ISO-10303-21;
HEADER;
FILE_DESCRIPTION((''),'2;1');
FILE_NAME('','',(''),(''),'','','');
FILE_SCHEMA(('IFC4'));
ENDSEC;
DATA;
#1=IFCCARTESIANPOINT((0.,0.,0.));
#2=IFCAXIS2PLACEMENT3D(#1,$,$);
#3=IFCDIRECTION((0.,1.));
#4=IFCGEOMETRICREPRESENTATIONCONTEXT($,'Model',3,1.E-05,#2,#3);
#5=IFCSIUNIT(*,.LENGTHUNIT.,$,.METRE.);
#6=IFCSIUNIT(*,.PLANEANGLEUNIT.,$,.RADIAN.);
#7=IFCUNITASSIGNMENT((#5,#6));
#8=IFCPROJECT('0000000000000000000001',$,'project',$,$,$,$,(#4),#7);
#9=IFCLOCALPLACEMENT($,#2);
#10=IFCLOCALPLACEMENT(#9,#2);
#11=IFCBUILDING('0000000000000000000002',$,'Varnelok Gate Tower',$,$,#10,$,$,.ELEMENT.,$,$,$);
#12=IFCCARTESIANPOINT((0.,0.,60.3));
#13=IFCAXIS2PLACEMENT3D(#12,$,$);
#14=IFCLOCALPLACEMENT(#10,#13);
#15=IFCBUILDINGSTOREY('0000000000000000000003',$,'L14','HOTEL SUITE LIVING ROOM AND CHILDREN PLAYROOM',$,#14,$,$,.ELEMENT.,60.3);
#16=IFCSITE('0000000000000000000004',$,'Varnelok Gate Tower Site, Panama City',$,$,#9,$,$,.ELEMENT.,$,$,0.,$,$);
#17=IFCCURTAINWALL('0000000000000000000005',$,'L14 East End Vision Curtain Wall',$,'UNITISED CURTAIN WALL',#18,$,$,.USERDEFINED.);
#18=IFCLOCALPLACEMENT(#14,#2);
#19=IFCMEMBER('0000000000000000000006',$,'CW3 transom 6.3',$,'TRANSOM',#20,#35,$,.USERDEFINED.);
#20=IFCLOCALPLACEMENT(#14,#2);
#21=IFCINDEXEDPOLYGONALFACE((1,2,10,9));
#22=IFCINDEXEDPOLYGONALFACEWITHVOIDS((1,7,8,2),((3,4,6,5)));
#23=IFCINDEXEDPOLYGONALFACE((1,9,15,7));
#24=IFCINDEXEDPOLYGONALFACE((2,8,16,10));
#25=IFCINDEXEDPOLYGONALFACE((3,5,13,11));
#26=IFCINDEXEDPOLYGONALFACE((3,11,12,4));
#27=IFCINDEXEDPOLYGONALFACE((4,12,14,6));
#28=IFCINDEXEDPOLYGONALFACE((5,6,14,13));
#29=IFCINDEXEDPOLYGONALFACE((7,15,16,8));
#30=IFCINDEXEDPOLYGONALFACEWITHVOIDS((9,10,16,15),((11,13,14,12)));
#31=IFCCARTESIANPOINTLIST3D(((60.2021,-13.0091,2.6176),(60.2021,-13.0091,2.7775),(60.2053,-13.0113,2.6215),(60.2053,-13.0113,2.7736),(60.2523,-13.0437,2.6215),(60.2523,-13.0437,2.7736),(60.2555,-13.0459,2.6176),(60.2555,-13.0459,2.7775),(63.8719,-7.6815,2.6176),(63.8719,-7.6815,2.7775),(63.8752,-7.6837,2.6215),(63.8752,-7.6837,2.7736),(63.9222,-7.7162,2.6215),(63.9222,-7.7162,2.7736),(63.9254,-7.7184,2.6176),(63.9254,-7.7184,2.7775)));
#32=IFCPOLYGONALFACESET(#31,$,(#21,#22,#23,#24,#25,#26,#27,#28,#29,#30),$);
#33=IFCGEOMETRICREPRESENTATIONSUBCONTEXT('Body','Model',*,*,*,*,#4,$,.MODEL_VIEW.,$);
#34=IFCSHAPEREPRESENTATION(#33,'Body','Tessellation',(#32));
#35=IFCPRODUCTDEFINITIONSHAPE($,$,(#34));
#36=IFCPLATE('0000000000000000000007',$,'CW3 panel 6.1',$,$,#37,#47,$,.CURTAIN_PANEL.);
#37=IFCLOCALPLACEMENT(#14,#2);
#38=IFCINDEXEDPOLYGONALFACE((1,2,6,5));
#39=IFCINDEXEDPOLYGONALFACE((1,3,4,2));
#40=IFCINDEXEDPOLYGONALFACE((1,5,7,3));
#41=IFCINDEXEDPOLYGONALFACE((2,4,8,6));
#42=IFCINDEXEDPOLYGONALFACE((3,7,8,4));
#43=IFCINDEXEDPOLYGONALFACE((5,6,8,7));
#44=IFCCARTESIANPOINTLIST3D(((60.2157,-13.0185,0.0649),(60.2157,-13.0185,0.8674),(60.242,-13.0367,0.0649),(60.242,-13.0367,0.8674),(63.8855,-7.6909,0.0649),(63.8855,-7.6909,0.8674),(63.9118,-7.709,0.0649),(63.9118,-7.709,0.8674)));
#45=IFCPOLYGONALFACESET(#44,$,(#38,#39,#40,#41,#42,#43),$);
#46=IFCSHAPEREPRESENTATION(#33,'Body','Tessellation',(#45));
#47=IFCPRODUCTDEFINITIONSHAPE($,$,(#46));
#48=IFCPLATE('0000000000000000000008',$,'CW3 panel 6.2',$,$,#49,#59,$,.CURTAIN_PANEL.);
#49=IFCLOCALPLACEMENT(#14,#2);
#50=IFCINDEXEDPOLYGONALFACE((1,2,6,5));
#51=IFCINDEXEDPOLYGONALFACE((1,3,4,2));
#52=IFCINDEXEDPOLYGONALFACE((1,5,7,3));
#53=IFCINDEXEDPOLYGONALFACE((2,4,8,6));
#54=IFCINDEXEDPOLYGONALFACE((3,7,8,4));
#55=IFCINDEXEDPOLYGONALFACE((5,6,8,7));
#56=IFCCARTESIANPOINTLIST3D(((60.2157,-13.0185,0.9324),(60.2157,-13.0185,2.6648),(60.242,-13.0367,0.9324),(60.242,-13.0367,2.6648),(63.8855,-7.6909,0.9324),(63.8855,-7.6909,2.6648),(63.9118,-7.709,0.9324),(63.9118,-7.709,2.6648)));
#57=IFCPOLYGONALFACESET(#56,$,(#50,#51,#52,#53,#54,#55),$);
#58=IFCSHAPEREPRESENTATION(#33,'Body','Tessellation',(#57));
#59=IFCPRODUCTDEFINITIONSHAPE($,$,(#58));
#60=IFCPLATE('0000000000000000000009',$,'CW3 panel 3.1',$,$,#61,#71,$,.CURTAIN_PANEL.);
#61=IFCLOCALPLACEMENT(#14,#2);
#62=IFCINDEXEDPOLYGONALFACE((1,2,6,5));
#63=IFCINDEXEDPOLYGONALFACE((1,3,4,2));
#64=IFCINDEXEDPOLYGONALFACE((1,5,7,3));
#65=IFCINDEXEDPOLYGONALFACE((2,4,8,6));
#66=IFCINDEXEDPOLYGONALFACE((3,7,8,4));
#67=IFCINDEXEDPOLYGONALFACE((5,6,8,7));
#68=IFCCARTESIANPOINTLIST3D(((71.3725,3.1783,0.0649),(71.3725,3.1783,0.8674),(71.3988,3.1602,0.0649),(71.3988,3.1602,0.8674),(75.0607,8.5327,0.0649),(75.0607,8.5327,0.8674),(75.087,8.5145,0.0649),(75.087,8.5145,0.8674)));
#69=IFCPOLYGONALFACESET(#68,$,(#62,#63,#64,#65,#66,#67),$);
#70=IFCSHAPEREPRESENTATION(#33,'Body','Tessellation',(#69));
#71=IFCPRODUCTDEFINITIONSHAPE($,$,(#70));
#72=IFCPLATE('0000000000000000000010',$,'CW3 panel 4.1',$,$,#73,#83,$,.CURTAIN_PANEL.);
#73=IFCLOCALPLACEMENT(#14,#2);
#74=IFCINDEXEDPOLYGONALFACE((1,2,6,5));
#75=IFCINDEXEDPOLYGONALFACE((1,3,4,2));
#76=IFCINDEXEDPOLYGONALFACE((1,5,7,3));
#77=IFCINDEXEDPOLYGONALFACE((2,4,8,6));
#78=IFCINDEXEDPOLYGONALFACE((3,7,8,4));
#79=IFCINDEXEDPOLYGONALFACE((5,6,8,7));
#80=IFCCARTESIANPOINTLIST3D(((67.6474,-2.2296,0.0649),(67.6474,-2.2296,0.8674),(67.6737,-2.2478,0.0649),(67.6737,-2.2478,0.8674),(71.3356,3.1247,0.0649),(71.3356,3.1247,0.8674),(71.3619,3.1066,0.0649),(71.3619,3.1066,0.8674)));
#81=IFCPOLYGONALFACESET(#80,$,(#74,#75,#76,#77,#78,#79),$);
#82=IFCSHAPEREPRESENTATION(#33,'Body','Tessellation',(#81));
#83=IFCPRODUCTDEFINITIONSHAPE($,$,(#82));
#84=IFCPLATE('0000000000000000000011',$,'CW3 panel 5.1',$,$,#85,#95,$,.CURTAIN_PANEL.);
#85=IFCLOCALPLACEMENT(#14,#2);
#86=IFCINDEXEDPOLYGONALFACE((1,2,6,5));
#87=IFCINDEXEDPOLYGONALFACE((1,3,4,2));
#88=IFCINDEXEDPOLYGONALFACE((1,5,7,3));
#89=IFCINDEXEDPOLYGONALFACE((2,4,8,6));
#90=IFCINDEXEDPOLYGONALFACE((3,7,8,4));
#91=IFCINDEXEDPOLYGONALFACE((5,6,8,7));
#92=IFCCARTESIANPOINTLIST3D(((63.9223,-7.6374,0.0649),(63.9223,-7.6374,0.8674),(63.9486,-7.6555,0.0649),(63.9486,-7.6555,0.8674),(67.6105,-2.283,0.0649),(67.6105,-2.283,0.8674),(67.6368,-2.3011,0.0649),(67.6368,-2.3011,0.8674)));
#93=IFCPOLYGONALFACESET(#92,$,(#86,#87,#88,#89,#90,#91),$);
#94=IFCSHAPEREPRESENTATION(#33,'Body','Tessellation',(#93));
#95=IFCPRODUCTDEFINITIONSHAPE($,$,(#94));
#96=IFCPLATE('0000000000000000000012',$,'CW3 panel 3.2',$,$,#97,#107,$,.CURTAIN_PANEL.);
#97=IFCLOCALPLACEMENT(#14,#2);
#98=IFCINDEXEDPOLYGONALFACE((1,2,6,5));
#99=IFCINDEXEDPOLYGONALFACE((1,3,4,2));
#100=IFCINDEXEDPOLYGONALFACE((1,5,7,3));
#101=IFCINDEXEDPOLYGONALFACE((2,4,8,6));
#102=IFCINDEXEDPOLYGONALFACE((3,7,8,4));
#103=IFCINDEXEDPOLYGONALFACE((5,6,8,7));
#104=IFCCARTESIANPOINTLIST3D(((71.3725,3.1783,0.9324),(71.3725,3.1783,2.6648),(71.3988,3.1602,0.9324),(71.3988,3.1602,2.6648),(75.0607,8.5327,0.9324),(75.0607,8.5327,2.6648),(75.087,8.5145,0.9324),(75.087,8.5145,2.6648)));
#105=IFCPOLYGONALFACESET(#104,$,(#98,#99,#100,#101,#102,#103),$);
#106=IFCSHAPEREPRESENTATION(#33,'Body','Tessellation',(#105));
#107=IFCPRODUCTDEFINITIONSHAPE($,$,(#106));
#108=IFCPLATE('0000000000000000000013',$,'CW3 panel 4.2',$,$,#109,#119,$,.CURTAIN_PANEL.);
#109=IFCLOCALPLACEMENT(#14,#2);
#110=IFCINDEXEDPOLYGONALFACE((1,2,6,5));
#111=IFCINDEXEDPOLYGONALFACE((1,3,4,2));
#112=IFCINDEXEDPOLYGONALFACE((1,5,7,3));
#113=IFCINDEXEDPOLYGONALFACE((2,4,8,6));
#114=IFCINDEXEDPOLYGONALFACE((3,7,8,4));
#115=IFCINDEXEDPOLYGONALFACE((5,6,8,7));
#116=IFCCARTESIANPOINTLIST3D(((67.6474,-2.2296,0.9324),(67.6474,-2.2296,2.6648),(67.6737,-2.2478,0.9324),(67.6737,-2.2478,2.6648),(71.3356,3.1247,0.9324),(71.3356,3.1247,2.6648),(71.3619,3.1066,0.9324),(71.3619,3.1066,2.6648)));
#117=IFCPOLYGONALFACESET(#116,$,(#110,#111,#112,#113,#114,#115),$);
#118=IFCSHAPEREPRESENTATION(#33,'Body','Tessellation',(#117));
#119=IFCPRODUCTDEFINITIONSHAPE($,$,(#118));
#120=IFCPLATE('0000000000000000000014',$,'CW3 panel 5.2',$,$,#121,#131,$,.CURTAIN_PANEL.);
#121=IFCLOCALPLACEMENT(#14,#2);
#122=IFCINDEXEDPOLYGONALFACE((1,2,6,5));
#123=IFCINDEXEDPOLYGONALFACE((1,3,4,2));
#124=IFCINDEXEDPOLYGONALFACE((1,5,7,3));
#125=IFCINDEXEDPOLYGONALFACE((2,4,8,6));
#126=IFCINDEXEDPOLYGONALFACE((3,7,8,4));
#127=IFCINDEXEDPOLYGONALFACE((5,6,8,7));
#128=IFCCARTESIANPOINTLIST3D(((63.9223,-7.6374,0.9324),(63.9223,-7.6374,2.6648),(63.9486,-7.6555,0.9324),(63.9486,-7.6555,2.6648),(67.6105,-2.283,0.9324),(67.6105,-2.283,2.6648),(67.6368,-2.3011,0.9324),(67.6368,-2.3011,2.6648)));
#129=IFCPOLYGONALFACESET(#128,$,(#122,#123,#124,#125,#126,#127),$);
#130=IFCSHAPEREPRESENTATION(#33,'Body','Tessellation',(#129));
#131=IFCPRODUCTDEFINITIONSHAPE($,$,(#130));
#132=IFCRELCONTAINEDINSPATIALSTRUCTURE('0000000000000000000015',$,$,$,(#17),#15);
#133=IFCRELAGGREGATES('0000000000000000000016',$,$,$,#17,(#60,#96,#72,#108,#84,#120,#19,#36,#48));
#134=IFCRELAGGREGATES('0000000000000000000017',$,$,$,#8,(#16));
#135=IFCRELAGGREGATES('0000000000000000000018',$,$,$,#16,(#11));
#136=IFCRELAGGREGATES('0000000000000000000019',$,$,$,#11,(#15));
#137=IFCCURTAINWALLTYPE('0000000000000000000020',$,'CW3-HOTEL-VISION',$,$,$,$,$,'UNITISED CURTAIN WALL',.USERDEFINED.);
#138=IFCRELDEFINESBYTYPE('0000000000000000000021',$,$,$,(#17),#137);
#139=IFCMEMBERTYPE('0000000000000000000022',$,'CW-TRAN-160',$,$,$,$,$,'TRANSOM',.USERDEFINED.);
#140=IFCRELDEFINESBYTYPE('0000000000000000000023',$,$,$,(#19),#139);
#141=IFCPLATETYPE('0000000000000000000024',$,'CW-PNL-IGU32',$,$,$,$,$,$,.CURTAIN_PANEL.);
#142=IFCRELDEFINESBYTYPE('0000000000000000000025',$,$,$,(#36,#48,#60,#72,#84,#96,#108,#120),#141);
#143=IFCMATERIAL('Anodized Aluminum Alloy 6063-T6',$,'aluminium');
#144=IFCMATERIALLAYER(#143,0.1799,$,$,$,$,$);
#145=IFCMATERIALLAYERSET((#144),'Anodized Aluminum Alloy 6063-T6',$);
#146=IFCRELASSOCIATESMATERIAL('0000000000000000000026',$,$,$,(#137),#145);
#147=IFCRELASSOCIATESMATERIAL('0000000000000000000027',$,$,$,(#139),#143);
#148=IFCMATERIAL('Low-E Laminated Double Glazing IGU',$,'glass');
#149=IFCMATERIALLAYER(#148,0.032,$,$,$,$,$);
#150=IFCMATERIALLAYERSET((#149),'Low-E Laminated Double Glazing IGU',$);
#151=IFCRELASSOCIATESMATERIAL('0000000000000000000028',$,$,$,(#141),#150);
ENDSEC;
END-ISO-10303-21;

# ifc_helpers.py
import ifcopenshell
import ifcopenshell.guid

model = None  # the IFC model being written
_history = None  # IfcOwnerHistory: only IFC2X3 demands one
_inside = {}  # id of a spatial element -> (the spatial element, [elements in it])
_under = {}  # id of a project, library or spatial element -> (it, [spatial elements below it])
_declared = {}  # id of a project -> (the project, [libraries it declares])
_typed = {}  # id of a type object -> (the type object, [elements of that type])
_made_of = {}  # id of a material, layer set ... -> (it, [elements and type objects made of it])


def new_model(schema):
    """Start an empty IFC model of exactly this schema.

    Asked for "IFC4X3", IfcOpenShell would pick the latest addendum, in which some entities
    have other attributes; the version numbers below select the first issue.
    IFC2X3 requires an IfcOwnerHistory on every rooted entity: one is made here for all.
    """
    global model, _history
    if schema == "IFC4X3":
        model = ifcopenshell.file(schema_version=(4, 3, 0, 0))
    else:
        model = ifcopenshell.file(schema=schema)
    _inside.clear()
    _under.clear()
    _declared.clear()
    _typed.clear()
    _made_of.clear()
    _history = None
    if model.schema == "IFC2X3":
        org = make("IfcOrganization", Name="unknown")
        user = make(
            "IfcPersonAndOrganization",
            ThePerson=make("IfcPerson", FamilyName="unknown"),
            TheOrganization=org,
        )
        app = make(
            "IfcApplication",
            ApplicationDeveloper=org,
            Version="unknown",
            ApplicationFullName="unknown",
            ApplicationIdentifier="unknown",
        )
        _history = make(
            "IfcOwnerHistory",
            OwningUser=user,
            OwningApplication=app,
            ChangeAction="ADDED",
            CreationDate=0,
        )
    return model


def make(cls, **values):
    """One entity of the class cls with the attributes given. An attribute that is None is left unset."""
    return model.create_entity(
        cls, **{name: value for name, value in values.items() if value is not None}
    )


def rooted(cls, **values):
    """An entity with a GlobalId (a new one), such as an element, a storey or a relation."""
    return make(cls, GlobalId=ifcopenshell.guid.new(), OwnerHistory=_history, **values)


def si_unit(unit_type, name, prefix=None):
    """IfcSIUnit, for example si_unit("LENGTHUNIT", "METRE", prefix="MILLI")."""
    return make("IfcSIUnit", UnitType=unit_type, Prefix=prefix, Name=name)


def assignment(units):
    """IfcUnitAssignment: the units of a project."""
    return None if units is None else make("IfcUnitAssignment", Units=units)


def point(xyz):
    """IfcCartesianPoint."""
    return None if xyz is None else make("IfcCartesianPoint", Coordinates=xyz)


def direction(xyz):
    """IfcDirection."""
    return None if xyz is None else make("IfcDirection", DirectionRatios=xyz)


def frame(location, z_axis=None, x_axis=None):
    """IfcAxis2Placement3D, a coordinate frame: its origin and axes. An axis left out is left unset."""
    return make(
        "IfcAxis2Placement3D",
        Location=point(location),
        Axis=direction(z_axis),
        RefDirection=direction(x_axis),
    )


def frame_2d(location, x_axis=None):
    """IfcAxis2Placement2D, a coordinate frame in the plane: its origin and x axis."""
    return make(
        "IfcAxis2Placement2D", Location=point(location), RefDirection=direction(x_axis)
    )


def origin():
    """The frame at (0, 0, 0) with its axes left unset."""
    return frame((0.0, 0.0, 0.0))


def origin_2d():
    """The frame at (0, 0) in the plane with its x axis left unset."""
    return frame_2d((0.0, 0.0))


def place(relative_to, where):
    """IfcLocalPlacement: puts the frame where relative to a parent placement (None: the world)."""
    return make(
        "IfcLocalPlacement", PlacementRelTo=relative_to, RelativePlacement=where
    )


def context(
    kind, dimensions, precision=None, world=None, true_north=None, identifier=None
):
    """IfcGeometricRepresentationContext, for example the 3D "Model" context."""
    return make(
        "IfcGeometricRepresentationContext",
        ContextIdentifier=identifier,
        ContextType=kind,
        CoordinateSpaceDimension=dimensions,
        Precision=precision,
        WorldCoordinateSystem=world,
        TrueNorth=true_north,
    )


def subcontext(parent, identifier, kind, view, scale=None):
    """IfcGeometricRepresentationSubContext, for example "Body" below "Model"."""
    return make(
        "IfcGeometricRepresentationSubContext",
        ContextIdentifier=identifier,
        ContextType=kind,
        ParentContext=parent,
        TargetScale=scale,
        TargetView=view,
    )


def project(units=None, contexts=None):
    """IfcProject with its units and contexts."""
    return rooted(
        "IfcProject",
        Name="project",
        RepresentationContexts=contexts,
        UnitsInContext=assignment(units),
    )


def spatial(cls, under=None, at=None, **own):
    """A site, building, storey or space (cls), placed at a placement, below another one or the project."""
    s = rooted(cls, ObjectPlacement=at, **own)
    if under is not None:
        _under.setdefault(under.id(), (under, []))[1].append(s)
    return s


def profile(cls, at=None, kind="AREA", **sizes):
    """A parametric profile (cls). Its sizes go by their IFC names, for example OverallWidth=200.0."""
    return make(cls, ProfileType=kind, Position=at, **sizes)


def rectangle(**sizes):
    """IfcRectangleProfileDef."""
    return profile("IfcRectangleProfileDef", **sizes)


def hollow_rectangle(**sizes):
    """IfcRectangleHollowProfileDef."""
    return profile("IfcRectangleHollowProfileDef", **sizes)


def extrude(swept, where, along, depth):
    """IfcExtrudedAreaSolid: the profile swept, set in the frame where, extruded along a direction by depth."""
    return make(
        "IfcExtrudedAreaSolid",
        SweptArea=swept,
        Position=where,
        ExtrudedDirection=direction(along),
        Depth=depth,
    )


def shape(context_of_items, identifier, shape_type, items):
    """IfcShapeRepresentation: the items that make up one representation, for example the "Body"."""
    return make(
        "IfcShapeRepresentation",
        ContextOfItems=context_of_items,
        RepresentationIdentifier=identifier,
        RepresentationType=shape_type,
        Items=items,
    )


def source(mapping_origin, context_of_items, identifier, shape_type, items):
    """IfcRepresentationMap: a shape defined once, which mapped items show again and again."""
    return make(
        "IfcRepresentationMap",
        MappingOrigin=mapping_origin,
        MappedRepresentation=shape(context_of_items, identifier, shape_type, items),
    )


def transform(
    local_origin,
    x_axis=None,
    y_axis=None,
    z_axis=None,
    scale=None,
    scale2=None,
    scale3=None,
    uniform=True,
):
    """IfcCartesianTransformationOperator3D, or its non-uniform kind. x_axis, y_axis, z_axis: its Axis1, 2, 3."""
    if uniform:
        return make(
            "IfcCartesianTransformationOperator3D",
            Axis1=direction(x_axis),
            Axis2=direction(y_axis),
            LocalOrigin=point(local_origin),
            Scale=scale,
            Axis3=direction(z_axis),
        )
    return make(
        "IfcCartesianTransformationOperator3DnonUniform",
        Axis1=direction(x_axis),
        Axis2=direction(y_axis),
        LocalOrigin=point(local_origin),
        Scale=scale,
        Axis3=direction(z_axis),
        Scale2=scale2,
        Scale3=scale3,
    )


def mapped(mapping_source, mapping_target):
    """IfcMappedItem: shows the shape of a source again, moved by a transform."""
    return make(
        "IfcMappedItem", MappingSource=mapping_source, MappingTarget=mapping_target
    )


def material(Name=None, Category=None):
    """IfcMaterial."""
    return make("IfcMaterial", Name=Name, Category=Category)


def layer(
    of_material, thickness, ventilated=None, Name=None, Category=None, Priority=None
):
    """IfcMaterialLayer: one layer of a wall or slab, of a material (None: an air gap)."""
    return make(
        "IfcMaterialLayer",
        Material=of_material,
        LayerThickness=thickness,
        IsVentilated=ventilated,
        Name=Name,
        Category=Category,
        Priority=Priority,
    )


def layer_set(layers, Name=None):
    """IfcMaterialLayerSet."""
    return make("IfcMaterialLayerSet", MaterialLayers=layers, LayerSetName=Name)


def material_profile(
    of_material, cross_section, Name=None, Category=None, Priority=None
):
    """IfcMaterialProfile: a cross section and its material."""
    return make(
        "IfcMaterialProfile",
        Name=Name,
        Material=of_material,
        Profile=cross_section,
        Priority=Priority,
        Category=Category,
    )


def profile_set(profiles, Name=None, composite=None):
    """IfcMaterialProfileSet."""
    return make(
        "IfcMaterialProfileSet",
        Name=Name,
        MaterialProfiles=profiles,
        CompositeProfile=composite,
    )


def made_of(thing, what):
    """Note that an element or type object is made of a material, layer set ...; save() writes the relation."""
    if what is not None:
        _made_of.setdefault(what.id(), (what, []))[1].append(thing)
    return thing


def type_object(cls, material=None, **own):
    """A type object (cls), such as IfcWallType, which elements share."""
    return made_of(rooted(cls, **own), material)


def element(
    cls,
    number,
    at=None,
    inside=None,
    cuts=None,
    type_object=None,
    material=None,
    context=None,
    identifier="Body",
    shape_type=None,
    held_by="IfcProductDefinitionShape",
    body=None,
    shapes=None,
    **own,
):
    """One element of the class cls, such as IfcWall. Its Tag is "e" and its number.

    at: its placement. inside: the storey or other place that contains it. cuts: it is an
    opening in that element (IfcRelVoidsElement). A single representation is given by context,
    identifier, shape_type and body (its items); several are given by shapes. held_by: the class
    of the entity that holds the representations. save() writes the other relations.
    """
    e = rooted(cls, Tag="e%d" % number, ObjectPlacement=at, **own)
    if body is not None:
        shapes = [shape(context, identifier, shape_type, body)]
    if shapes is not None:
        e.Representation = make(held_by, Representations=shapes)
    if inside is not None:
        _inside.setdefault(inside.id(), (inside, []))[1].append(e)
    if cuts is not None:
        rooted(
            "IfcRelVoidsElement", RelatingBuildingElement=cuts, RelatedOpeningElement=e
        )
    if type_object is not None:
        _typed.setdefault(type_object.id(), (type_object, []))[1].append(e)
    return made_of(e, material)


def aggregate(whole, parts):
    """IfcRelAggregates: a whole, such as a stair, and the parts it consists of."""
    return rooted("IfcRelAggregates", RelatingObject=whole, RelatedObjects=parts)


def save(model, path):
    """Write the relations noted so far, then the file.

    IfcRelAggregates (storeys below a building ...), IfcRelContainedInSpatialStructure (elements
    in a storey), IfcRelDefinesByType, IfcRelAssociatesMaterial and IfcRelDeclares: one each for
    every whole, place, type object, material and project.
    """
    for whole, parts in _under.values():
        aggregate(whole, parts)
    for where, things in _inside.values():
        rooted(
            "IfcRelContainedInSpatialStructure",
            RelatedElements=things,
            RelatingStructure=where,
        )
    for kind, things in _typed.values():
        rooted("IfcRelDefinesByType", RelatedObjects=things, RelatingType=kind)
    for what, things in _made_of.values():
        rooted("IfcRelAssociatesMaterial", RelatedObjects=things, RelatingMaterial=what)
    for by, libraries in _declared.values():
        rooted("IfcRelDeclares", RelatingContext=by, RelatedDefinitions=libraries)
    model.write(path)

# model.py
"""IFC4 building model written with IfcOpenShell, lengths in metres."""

from ifc_helpers import new_model, si_unit, direction, frame, origin, origin_2d, place, context, subcontext, project, spatial, rectangle, hollow_rectangle, extrude, source, transform, mapped, material, layer, layer_set, material_profile, profile_set, type_object, element, aggregate, save


model = new_model("IFC4")

# Units and contexts
model_context = context("Model", 3, precision=1e-05, world=origin(), true_north=direction((0.0, 1.0)))
body_context = subcontext(model_context, "Body", "Model", "MODEL_VIEW")
ifc_project = project(units=[si_unit("LENGTHUNIT", "METRE"), si_unit("PLANEANGLEUNIT", "RADIAN")], contexts=[model_context])

# Site, building, storey
site_placement = place(None, origin())
site = spatial("IfcSite", under=ifc_project, at=site_placement, Name="Varnelok Gate Tower Site, Panama City", CompositionType="ELEMENT", RefElevation=0.0)
building_placement = place(site_placement, origin())
building = spatial("IfcBuilding", under=site, at=building_placement, Name="Varnelok Gate Tower", CompositionType="ELEMENT")
storey_placement = place(building_placement, frame((0.0, 0.0, 60.3)))
storey = spatial("IfcBuildingStorey", under=building, at=storey_placement, Name="L14", Description="HOTEL SUITE LIVING ROOM AND CHILDREN PLAYROOM", CompositionType="ELEMENT", Elevation=60.3)

# Curtain wall, member, plates
ifc_material_1 = material(Name="Anodized Aluminum Alloy 6063-T6", Category="aluminium")
ifc_layer_1 = layer(ifc_material_1, 0.1799)
ifc_layer_set_1 = layer_set([ifc_layer_1], Name="Anodized Aluminum Alloy 6063-T6")
curtain_wall_type = type_object("IfcCurtainWallType", Name="CW3-HOTEL-VISION", ElementType="UNITISED CURTAIN WALL", PredefinedType="USERDEFINED", material=ifc_layer_set_1)
curtain_wall_placement = place(storey_placement, origin())
curtain_wall = element("IfcCurtainWall", 1, at=curtain_wall_placement, inside=storey, type_object=curtain_wall_type, Name="L14 East End Vision Curtain Wall", ObjectType="UNITISED CURTAIN WALL", PredefinedType="USERDEFINED")
ifc_material_profile_1 = material_profile(ifc_material_1, hollow_rectangle(XDim=0.0649, YDim=0.1599, WallThickness=0.0039, at=origin_2d()), Name="ALU160X65X4")
ifc_profile_set_1 = profile_set([ifc_material_profile_1], Name="Anodized Aluminum Alloy 6063-T6")
member_type_1 = type_object("IfcMemberType", Name="CW-TRAN-160", ElementType="TRANSOM", PredefinedType="USERDEFINED", material=ifc_profile_set_1)
member_1_placement = place(storey_placement, frame((63.8987, -7.7, 2.6975), z_axis=(-0.567281, -0.823524, 0.0), x_axis=(0.823524, -0.567281, 0.0)))
member_1 = element("IfcMember", 2, at=member_1_placement, type_object=member_type_1, Name="CW3 transom 6.3", ObjectType="TRANSOM", PredefinedType="USERDEFINED", context=body_context, shape_type="SweptSolid", body=[
    extrude(hollow_rectangle(XDim=0.0649, YDim=0.1599, WallThickness=0.0039, at=origin_2d()), origin(), (0.0, 0.0, 1.0), 6.4692),
])
ifc_material_2 = material(Name="Low-E Laminated Double Glazing IGU", Category="glass")
ifc_layer_2 = layer(ifc_material_2, 0.032)
ifc_layer_set_2 = layer_set([ifc_layer_2], Name="Low-E Laminated Double Glazing IGU")
plate_type = type_object("IfcPlateType", Name="CW-PNL-IGU32", PredefinedType="CURTAIN_PANEL", material=ifc_layer_set_2)
shared_shape_1 = source(origin(), body_context, "Body", "SweptSolid", [
    extrude(rectangle(XDim=6.4692, YDim=0.032, at=origin_2d()), origin(), (0.0, 0.0, 1.0), 0.8025),
])
plate_1_placement = place(storey_placement, frame((62.0637, -10.3638, 0.0649), z_axis=(0.0, 0.0, 1.0), x_axis=(-0.567269, -0.823533, 0.0)))
plate_1 = element("IfcPlate", 3, at=plate_1_placement, type_object=plate_type, Name="CW3 panel 6.1", PredefinedType="CURTAIN_PANEL", context=body_context, shape_type="MappedRepresentation", body=[
    mapped(shared_shape_1, transform((0.0, 0.0, 0.0), scale=1.0)),
])
shared_shape_2 = source(origin(), body_context, "Body", "SweptSolid", [
    extrude(rectangle(XDim=6.4692, YDim=0.032, at=origin_2d()), origin(), (0.0, 0.0, 1.0), 1.7324),
])
plate_2_placement = place(storey_placement, frame((62.0637, -10.3638, 0.9324), z_axis=(0.0, 0.0, 1.0), x_axis=(-0.567269, -0.823533, 0.0)))
plate_2 = element("IfcPlate", 4, at=plate_2_placement, type_object=plate_type, Name="CW3 panel 6.2", PredefinedType="CURTAIN_PANEL", context=body_context, shape_type="MappedRepresentation", body=[
    mapped(shared_shape_2, transform((0.0, 0.0, 0.0), scale=1.0)),
])
shared_shape_3 = source(origin(), body_context, "Body", "SweptSolid", [
    extrude(rectangle(XDim=6.5017, YDim=0.032, at=origin_2d()), origin(), (0.0, 0.0, 1.0), 0.8025),
])
plate_3_placement = place(storey_placement, frame((73.2297, 5.8464, 0.0649), z_axis=(0.0, 0.0, 1.0), x_axis=(-0.567269, -0.823533, 0.0)))
plate_3 = element("IfcPlate", 5, at=plate_3_placement, type_object=plate_type, Name="CW3 panel 3.1", PredefinedType="CURTAIN_PANEL", context=body_context, shape_type="MappedRepresentation", body=[
    mapped(shared_shape_3, transform((0.0, 0.0, 0.0), scale=1.0)),
])
plate_4_placement = place(storey_placement, frame((69.5046, 0.4385, 0.0649), z_axis=(0.0, 0.0, 1.0), x_axis=(-0.567269, -0.823533, 0.0)))
plate_4 = element("IfcPlate", 6, at=plate_4_placement, type_object=plate_type, Name="CW3 panel 4.1", PredefinedType="CURTAIN_PANEL", context=body_context, shape_type="MappedRepresentation", body=[
    mapped(shared_shape_3, transform((0.0, 0.0, 0.0), scale=1.0)),
])
plate_5_placement = place(storey_placement, frame((65.7795, -4.9692, 0.0649), z_axis=(0.0, 0.0, 1.0), x_axis=(-0.567269, -0.823533, 0.0)))
plate_5 = element("IfcPlate", 7, at=plate_5_placement, type_object=plate_type, Name="CW3 panel 5.1", PredefinedType="CURTAIN_PANEL", context=body_context, shape_type="MappedRepresentation", body=[
    mapped(shared_shape_3, transform((0.0, 0.0, 0.0), scale=1.0)),
])
shared_shape_4 = source(origin(), body_context, "Body", "SweptSolid", [
    extrude(rectangle(XDim=6.5017, YDim=0.032, at=origin_2d()), origin(), (0.0, 0.0, 1.0), 1.7324),
])
plate_6_placement = place(storey_placement, frame((73.2297, 5.8464, 0.9324), z_axis=(0.0, 0.0, 1.0), x_axis=(-0.567269, -0.823533, 0.0)))
plate_6 = element("IfcPlate", 8, at=plate_6_placement, type_object=plate_type, Name="CW3 panel 3.2", PredefinedType="CURTAIN_PANEL", context=body_context, shape_type="MappedRepresentation", body=[
    mapped(shared_shape_4, transform((0.0, 0.0, 0.0), scale=1.0)),
])
plate_7_placement = place(storey_placement, frame((69.5046, 0.4385, 0.9324), z_axis=(0.0, 0.0, 1.0), x_axis=(-0.567269, -0.823533, 0.0)))
plate_7 = element("IfcPlate", 9, at=plate_7_placement, type_object=plate_type, Name="CW3 panel 4.2", PredefinedType="CURTAIN_PANEL", context=body_context, shape_type="MappedRepresentation", body=[
    mapped(shared_shape_4, transform((0.0, 0.0, 0.0), scale=1.0)),
])
plate_8_placement = place(storey_placement, frame((65.7795, -4.9692, 0.9324), z_axis=(0.0, 0.0, 1.0), x_axis=(-0.567269, -0.823533, 0.0)))
plate_8 = element("IfcPlate", 10, at=plate_8_placement, type_object=plate_type, Name="CW3 panel 5.2", PredefinedType="CURTAIN_PANEL", context=body_context, shape_type="MappedRepresentation", body=[
    mapped(shared_shape_4, transform((0.0, 0.0, 0.0), scale=1.0)),
])
aggregate(curtain_wall, [plate_3, plate_6, plate_4, plate_7, plate_5, plate_8, member_1, plate_1, plate_2])

save(model, "model.ifc")
